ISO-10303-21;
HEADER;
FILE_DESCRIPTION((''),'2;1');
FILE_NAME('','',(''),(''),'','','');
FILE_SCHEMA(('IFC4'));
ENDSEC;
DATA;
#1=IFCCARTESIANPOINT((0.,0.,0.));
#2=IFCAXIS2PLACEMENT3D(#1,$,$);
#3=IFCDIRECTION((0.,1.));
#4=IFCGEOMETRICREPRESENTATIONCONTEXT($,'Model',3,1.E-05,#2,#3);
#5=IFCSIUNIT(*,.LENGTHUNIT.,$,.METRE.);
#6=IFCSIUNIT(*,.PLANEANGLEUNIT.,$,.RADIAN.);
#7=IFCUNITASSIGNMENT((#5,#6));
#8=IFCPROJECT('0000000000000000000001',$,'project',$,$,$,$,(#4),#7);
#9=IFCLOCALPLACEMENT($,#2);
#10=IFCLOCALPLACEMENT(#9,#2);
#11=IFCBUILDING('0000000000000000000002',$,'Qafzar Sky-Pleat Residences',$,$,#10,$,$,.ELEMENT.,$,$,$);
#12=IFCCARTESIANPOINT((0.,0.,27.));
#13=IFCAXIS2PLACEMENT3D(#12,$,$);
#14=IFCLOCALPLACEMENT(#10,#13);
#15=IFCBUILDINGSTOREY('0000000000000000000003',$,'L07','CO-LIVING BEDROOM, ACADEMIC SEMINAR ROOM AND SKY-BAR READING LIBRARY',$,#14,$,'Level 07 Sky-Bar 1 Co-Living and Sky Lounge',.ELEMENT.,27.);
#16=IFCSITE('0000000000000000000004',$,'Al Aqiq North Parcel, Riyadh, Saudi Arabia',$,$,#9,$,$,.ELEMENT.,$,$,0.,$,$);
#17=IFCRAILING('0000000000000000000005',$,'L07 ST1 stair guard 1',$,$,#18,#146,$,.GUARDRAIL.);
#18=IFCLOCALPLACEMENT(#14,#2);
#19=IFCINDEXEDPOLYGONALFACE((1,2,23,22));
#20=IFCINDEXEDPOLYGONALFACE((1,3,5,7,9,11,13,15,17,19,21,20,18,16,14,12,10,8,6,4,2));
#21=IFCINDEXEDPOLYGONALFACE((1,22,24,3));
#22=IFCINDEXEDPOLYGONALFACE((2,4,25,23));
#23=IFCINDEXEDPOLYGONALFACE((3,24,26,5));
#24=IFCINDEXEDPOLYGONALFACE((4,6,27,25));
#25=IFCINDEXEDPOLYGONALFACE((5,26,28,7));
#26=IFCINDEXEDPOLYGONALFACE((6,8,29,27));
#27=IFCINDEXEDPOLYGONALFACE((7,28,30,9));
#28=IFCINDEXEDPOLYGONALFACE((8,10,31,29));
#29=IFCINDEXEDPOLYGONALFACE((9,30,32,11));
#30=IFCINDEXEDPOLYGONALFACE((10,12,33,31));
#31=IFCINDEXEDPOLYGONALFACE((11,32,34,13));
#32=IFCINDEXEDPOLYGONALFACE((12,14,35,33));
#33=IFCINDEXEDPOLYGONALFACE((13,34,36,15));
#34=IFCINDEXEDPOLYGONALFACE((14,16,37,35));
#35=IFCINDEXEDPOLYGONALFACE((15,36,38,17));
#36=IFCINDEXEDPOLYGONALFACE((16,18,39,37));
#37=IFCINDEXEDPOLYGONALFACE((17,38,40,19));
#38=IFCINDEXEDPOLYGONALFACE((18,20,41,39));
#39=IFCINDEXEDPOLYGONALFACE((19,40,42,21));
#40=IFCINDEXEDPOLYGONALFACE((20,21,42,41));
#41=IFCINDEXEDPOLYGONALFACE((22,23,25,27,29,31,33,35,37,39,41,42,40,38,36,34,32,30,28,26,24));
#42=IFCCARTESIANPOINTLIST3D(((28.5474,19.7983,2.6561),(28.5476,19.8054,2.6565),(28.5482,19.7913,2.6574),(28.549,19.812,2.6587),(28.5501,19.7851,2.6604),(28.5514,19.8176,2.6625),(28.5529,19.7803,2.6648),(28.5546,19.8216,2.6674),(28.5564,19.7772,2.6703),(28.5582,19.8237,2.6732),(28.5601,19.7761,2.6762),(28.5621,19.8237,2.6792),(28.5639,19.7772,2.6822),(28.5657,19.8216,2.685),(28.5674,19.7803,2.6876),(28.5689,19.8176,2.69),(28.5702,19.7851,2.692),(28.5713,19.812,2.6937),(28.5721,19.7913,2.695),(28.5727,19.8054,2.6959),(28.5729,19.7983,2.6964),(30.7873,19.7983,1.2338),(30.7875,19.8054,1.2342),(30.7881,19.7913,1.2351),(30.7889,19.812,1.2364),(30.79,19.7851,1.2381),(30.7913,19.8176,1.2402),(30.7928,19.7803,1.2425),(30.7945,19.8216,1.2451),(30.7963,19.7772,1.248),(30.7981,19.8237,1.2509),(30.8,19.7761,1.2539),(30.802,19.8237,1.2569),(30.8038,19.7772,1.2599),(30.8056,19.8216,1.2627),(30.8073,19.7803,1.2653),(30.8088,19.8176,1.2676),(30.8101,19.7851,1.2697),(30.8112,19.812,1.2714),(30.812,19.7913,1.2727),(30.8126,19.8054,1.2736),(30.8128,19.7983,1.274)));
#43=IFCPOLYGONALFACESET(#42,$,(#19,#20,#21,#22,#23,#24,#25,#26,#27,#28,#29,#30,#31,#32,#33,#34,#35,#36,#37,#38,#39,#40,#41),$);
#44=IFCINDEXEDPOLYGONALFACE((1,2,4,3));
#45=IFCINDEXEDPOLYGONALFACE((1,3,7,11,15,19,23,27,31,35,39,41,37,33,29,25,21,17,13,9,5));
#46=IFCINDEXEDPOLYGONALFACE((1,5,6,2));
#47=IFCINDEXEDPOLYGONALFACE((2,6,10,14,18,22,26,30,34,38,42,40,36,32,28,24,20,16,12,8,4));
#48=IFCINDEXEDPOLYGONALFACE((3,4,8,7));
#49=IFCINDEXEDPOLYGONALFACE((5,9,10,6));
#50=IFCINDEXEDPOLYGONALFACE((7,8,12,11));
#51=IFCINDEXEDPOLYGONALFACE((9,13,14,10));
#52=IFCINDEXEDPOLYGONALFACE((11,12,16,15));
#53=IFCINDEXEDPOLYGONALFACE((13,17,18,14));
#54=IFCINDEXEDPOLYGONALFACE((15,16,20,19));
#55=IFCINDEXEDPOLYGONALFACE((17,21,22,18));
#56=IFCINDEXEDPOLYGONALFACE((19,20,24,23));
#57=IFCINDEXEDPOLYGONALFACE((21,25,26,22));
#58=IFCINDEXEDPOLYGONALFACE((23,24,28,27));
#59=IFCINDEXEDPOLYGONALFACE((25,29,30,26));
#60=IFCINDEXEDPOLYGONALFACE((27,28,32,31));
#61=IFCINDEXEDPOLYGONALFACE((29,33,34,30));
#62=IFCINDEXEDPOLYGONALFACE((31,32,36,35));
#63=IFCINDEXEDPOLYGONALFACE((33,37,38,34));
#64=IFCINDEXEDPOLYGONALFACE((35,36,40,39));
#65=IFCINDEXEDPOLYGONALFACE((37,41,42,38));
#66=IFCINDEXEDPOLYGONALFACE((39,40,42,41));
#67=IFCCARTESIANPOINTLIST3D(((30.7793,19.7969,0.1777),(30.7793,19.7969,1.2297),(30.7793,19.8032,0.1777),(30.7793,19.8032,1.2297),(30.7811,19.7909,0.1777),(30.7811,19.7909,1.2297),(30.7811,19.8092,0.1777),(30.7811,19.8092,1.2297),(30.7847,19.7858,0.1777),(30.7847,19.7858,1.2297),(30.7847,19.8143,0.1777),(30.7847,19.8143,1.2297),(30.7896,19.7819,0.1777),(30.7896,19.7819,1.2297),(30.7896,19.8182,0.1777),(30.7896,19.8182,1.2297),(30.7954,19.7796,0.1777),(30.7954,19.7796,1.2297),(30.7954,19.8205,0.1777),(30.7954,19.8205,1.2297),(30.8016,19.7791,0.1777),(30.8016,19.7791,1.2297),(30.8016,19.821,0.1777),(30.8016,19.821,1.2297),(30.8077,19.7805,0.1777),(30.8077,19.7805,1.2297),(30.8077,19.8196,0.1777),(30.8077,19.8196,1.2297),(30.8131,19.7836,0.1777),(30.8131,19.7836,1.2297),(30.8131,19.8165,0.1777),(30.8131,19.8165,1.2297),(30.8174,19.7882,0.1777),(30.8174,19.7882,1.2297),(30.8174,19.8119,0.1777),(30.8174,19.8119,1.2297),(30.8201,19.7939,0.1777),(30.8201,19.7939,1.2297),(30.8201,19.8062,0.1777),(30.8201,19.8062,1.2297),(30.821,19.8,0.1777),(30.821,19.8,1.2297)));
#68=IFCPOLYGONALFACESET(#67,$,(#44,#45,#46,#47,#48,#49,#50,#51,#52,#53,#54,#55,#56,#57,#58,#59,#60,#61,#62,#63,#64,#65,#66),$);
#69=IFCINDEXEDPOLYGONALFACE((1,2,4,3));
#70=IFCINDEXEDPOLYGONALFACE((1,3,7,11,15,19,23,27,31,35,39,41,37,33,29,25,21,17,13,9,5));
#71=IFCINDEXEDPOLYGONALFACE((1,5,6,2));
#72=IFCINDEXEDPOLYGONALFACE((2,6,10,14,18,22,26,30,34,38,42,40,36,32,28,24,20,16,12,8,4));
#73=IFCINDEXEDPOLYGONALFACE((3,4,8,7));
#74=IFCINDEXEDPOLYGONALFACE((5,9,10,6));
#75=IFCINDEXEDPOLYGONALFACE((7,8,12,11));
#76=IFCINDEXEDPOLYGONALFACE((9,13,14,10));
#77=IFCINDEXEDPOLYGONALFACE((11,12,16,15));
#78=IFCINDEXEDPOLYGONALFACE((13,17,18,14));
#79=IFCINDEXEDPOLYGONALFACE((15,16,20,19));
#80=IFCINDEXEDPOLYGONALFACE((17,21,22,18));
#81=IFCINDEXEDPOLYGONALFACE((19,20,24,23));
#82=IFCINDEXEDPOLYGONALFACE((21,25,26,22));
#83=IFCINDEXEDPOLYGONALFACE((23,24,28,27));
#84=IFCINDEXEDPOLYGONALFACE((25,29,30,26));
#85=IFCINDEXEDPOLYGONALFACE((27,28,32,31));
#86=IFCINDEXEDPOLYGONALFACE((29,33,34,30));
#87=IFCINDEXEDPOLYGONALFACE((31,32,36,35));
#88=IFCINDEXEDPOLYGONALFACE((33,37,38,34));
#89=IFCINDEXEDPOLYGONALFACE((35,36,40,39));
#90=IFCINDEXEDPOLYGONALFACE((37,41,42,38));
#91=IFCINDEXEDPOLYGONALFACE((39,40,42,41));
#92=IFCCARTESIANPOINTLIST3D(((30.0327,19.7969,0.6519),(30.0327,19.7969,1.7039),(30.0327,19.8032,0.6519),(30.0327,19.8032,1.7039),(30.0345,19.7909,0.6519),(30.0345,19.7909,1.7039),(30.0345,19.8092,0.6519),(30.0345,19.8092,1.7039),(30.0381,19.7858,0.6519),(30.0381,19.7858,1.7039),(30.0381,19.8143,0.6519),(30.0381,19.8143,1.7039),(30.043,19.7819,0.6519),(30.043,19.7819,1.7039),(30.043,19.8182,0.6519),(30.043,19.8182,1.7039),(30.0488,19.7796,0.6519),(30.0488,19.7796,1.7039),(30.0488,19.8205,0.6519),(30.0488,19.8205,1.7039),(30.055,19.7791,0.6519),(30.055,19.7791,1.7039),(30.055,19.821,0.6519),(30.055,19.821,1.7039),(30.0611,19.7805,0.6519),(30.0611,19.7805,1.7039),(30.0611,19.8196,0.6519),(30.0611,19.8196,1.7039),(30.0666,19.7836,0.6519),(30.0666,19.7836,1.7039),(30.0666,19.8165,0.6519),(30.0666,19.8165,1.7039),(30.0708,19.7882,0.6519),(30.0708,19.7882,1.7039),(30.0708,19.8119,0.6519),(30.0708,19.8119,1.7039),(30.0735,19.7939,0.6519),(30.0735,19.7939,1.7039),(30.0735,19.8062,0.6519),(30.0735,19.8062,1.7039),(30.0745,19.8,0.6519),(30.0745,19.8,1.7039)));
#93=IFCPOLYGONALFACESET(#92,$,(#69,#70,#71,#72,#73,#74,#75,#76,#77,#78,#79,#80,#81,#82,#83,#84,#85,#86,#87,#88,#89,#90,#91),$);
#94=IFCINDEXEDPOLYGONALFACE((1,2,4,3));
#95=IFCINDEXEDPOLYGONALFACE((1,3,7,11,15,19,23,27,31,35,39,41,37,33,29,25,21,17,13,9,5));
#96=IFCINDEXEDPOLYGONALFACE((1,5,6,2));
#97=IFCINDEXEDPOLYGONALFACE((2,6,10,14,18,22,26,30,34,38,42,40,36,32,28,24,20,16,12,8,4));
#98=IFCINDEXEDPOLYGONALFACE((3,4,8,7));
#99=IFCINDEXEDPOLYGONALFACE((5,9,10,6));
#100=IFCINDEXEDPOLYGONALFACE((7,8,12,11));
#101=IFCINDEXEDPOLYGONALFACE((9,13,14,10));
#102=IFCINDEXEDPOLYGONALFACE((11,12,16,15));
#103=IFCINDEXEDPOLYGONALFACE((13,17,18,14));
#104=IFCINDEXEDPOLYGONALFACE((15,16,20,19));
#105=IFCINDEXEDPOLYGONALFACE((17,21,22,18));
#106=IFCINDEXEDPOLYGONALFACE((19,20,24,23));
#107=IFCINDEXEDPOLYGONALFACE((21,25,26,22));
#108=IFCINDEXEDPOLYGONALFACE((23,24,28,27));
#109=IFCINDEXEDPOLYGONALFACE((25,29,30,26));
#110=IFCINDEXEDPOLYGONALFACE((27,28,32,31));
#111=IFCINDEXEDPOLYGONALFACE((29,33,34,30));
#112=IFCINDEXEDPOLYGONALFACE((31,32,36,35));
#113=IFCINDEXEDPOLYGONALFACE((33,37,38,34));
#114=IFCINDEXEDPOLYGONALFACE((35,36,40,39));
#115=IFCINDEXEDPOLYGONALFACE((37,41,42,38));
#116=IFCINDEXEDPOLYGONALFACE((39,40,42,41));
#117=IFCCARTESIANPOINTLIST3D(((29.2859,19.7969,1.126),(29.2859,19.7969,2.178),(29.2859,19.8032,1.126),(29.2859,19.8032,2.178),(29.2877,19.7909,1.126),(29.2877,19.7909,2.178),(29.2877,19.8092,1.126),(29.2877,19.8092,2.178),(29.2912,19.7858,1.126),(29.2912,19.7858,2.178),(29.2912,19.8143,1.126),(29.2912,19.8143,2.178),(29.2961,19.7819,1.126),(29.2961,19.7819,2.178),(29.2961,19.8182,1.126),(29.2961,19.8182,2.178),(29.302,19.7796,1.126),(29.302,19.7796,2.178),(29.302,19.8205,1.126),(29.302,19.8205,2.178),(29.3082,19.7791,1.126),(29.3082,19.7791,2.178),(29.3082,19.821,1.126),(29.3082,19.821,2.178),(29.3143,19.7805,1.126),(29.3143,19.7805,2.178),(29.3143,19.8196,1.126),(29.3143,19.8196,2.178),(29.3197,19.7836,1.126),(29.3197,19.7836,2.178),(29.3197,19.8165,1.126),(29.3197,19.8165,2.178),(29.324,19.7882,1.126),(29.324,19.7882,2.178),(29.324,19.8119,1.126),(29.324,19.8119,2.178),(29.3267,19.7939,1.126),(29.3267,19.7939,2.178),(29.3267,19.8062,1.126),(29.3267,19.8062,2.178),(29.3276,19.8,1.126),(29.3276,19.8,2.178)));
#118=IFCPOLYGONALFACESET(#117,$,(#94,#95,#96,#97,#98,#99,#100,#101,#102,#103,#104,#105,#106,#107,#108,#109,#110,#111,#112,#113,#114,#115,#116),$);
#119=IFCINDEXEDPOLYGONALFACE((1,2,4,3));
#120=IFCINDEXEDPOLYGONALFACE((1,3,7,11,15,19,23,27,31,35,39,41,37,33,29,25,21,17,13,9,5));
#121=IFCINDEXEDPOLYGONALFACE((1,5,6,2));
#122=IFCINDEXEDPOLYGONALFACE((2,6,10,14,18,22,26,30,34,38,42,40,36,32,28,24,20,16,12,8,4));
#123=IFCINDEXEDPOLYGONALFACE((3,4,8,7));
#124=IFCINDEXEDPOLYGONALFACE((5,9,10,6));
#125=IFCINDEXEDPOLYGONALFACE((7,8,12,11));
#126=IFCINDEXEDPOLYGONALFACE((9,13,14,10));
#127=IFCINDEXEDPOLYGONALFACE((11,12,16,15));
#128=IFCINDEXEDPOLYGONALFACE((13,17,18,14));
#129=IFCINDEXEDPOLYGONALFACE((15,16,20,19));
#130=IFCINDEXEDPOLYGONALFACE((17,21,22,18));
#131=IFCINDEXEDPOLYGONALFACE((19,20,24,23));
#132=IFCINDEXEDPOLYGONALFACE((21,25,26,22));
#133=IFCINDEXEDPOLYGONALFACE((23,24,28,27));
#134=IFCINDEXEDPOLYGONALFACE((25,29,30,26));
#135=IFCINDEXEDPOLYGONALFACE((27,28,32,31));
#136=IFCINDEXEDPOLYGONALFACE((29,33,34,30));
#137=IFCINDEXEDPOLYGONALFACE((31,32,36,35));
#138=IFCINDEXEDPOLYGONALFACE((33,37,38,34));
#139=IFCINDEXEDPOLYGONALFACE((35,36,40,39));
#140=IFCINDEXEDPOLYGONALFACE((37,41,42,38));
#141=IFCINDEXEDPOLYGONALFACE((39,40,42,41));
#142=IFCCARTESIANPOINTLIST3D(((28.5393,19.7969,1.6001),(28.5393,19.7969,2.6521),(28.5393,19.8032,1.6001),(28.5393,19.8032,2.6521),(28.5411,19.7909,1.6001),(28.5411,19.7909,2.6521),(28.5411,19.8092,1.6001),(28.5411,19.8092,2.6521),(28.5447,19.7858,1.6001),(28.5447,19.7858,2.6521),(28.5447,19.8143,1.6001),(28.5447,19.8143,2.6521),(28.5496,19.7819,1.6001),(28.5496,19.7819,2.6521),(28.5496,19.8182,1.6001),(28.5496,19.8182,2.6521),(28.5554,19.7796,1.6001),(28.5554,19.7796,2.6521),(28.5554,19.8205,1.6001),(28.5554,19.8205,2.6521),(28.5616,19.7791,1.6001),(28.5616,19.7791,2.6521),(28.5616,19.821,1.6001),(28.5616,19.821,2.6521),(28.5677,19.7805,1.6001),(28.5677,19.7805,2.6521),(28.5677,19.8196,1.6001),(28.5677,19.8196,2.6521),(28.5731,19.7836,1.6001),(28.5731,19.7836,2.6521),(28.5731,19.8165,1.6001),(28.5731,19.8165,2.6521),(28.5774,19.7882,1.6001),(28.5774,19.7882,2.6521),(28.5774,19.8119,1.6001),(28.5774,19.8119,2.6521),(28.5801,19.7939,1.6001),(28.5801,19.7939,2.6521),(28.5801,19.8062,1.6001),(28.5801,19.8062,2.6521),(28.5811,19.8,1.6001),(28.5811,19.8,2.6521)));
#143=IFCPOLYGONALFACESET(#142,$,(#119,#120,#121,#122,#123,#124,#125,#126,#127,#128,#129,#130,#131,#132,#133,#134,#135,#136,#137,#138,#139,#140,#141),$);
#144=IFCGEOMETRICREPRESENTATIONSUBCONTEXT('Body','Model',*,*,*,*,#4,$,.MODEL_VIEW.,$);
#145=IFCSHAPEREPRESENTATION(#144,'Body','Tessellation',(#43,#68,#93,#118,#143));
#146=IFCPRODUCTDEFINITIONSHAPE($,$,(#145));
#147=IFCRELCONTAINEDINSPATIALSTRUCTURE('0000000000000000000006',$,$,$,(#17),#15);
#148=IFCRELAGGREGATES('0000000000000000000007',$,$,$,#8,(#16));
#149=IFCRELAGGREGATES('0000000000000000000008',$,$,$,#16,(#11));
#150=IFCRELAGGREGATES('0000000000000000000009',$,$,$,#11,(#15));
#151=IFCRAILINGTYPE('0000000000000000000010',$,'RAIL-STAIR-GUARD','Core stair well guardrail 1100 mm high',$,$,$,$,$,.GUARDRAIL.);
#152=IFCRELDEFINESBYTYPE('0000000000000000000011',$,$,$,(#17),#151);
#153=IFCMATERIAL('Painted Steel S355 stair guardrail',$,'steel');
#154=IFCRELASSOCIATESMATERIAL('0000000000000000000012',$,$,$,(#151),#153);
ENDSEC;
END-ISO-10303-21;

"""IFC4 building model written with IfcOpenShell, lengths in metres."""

from ifc_helpers import new_model, si_unit, direction, frame, origin, origin_2d, place, context, subcontext, project, spatial, circle, extrude, source, transform, mapped, material, type_object, element, save


model = new_model("IFC4")

# Units and contexts
model_context = context("Model", 3, precision=1e-05, world=origin(), true_north=direction((0.0, 1.0)))
body_context = subcontext(model_context, "Body", "Model", "MODEL_VIEW")
ifc_project = project(units=[si_unit("LENGTHUNIT", "METRE"), si_unit("PLANEANGLEUNIT", "RADIAN")], contexts=[model_context])

# Site, building, storey
site_placement = place(None, origin())
site = spatial("IfcSite", under=ifc_project, at=site_placement, Name="Al Aqiq North Parcel, Riyadh, Saudi Arabia", CompositionType="ELEMENT", RefElevation=0.0)
building_placement = place(site_placement, origin())
building = spatial("IfcBuilding", under=site, at=building_placement, Name="Qafzar Sky-Pleat Residences", CompositionType="ELEMENT")
storey_placement = place(building_placement, frame((0.0, 0.0, 27.0)))
storey = spatial("IfcBuildingStorey", under=building, at=storey_placement, Name="L07", Description="CO-LIVING BEDROOM, ACADEMIC SEMINAR ROOM AND SKY-BAR READING LIBRARY", LongName="Level 07 Sky-Bar 1 Co-Living and Sky Lounge", CompositionType="ELEMENT", Elevation=27.0)

# Railing
ifc_material_1 = material(Name="Painted Steel S355 stair guardrail", Category="steel")
railing_type_1 = type_object("IfcRailingType", Name="RAIL-STAIR-GUARD", Description="Core stair well guardrail 1100 mm high", PredefinedType="GUARDRAIL", material=ifc_material_1)
shared_shape_1 = source(origin(), body_context, "Body", "SweptSolid", [
    extrude(circle(Radius=0.0239, at=origin_2d()), frame((0.0, 0.0, 1.0762), z_axis=(-0.844188, 0.0, 0.536048), x_axis=(0.0, -1.0, 0.0)), (0.0, 0.0, 1.0), 2.6533),
    extrude(circle(Radius=0.021, at=origin_2d()), origin(), (0.0, 0.0, 1.0), 1.052),
    extrude(circle(Radius=0.021, at=origin_2d()), frame((-0.7466, 0.0, 0.4741)), (0.0, 0.0, 1.0), 1.052),
    extrude(circle(Radius=0.021, at=origin_2d()), frame((-1.4934, 0.0, 0.9482)), (0.0, 0.0, 1.0), 1.052),
    extrude(circle(Radius=0.021, at=origin_2d()), frame((-2.24, 0.0, 1.4224)), (0.0, 0.0, 1.0), 1.052),
])
railing_1_placement = place(storey_placement, frame((30.8, 19.8, 0.1777)))
element("IfcRailing", 1, at=railing_1_placement, inside=storey, type_object=railing_type_1, Name="L07 ST1 stair guard 1", PredefinedType="GUARDRAIL", context=body_context, shape_type="MappedRepresentation", body=[
    mapped(shared_shape_1, transform((0.0, 0.0, 0.0), x_axis=(1.0, 0.0, 0.0), y_axis=(0.0, 1.0, 0.0), z_axis=(0.0, 0.0, 1.0), scale=1.0)),
])

save(model, "model.ifc")
